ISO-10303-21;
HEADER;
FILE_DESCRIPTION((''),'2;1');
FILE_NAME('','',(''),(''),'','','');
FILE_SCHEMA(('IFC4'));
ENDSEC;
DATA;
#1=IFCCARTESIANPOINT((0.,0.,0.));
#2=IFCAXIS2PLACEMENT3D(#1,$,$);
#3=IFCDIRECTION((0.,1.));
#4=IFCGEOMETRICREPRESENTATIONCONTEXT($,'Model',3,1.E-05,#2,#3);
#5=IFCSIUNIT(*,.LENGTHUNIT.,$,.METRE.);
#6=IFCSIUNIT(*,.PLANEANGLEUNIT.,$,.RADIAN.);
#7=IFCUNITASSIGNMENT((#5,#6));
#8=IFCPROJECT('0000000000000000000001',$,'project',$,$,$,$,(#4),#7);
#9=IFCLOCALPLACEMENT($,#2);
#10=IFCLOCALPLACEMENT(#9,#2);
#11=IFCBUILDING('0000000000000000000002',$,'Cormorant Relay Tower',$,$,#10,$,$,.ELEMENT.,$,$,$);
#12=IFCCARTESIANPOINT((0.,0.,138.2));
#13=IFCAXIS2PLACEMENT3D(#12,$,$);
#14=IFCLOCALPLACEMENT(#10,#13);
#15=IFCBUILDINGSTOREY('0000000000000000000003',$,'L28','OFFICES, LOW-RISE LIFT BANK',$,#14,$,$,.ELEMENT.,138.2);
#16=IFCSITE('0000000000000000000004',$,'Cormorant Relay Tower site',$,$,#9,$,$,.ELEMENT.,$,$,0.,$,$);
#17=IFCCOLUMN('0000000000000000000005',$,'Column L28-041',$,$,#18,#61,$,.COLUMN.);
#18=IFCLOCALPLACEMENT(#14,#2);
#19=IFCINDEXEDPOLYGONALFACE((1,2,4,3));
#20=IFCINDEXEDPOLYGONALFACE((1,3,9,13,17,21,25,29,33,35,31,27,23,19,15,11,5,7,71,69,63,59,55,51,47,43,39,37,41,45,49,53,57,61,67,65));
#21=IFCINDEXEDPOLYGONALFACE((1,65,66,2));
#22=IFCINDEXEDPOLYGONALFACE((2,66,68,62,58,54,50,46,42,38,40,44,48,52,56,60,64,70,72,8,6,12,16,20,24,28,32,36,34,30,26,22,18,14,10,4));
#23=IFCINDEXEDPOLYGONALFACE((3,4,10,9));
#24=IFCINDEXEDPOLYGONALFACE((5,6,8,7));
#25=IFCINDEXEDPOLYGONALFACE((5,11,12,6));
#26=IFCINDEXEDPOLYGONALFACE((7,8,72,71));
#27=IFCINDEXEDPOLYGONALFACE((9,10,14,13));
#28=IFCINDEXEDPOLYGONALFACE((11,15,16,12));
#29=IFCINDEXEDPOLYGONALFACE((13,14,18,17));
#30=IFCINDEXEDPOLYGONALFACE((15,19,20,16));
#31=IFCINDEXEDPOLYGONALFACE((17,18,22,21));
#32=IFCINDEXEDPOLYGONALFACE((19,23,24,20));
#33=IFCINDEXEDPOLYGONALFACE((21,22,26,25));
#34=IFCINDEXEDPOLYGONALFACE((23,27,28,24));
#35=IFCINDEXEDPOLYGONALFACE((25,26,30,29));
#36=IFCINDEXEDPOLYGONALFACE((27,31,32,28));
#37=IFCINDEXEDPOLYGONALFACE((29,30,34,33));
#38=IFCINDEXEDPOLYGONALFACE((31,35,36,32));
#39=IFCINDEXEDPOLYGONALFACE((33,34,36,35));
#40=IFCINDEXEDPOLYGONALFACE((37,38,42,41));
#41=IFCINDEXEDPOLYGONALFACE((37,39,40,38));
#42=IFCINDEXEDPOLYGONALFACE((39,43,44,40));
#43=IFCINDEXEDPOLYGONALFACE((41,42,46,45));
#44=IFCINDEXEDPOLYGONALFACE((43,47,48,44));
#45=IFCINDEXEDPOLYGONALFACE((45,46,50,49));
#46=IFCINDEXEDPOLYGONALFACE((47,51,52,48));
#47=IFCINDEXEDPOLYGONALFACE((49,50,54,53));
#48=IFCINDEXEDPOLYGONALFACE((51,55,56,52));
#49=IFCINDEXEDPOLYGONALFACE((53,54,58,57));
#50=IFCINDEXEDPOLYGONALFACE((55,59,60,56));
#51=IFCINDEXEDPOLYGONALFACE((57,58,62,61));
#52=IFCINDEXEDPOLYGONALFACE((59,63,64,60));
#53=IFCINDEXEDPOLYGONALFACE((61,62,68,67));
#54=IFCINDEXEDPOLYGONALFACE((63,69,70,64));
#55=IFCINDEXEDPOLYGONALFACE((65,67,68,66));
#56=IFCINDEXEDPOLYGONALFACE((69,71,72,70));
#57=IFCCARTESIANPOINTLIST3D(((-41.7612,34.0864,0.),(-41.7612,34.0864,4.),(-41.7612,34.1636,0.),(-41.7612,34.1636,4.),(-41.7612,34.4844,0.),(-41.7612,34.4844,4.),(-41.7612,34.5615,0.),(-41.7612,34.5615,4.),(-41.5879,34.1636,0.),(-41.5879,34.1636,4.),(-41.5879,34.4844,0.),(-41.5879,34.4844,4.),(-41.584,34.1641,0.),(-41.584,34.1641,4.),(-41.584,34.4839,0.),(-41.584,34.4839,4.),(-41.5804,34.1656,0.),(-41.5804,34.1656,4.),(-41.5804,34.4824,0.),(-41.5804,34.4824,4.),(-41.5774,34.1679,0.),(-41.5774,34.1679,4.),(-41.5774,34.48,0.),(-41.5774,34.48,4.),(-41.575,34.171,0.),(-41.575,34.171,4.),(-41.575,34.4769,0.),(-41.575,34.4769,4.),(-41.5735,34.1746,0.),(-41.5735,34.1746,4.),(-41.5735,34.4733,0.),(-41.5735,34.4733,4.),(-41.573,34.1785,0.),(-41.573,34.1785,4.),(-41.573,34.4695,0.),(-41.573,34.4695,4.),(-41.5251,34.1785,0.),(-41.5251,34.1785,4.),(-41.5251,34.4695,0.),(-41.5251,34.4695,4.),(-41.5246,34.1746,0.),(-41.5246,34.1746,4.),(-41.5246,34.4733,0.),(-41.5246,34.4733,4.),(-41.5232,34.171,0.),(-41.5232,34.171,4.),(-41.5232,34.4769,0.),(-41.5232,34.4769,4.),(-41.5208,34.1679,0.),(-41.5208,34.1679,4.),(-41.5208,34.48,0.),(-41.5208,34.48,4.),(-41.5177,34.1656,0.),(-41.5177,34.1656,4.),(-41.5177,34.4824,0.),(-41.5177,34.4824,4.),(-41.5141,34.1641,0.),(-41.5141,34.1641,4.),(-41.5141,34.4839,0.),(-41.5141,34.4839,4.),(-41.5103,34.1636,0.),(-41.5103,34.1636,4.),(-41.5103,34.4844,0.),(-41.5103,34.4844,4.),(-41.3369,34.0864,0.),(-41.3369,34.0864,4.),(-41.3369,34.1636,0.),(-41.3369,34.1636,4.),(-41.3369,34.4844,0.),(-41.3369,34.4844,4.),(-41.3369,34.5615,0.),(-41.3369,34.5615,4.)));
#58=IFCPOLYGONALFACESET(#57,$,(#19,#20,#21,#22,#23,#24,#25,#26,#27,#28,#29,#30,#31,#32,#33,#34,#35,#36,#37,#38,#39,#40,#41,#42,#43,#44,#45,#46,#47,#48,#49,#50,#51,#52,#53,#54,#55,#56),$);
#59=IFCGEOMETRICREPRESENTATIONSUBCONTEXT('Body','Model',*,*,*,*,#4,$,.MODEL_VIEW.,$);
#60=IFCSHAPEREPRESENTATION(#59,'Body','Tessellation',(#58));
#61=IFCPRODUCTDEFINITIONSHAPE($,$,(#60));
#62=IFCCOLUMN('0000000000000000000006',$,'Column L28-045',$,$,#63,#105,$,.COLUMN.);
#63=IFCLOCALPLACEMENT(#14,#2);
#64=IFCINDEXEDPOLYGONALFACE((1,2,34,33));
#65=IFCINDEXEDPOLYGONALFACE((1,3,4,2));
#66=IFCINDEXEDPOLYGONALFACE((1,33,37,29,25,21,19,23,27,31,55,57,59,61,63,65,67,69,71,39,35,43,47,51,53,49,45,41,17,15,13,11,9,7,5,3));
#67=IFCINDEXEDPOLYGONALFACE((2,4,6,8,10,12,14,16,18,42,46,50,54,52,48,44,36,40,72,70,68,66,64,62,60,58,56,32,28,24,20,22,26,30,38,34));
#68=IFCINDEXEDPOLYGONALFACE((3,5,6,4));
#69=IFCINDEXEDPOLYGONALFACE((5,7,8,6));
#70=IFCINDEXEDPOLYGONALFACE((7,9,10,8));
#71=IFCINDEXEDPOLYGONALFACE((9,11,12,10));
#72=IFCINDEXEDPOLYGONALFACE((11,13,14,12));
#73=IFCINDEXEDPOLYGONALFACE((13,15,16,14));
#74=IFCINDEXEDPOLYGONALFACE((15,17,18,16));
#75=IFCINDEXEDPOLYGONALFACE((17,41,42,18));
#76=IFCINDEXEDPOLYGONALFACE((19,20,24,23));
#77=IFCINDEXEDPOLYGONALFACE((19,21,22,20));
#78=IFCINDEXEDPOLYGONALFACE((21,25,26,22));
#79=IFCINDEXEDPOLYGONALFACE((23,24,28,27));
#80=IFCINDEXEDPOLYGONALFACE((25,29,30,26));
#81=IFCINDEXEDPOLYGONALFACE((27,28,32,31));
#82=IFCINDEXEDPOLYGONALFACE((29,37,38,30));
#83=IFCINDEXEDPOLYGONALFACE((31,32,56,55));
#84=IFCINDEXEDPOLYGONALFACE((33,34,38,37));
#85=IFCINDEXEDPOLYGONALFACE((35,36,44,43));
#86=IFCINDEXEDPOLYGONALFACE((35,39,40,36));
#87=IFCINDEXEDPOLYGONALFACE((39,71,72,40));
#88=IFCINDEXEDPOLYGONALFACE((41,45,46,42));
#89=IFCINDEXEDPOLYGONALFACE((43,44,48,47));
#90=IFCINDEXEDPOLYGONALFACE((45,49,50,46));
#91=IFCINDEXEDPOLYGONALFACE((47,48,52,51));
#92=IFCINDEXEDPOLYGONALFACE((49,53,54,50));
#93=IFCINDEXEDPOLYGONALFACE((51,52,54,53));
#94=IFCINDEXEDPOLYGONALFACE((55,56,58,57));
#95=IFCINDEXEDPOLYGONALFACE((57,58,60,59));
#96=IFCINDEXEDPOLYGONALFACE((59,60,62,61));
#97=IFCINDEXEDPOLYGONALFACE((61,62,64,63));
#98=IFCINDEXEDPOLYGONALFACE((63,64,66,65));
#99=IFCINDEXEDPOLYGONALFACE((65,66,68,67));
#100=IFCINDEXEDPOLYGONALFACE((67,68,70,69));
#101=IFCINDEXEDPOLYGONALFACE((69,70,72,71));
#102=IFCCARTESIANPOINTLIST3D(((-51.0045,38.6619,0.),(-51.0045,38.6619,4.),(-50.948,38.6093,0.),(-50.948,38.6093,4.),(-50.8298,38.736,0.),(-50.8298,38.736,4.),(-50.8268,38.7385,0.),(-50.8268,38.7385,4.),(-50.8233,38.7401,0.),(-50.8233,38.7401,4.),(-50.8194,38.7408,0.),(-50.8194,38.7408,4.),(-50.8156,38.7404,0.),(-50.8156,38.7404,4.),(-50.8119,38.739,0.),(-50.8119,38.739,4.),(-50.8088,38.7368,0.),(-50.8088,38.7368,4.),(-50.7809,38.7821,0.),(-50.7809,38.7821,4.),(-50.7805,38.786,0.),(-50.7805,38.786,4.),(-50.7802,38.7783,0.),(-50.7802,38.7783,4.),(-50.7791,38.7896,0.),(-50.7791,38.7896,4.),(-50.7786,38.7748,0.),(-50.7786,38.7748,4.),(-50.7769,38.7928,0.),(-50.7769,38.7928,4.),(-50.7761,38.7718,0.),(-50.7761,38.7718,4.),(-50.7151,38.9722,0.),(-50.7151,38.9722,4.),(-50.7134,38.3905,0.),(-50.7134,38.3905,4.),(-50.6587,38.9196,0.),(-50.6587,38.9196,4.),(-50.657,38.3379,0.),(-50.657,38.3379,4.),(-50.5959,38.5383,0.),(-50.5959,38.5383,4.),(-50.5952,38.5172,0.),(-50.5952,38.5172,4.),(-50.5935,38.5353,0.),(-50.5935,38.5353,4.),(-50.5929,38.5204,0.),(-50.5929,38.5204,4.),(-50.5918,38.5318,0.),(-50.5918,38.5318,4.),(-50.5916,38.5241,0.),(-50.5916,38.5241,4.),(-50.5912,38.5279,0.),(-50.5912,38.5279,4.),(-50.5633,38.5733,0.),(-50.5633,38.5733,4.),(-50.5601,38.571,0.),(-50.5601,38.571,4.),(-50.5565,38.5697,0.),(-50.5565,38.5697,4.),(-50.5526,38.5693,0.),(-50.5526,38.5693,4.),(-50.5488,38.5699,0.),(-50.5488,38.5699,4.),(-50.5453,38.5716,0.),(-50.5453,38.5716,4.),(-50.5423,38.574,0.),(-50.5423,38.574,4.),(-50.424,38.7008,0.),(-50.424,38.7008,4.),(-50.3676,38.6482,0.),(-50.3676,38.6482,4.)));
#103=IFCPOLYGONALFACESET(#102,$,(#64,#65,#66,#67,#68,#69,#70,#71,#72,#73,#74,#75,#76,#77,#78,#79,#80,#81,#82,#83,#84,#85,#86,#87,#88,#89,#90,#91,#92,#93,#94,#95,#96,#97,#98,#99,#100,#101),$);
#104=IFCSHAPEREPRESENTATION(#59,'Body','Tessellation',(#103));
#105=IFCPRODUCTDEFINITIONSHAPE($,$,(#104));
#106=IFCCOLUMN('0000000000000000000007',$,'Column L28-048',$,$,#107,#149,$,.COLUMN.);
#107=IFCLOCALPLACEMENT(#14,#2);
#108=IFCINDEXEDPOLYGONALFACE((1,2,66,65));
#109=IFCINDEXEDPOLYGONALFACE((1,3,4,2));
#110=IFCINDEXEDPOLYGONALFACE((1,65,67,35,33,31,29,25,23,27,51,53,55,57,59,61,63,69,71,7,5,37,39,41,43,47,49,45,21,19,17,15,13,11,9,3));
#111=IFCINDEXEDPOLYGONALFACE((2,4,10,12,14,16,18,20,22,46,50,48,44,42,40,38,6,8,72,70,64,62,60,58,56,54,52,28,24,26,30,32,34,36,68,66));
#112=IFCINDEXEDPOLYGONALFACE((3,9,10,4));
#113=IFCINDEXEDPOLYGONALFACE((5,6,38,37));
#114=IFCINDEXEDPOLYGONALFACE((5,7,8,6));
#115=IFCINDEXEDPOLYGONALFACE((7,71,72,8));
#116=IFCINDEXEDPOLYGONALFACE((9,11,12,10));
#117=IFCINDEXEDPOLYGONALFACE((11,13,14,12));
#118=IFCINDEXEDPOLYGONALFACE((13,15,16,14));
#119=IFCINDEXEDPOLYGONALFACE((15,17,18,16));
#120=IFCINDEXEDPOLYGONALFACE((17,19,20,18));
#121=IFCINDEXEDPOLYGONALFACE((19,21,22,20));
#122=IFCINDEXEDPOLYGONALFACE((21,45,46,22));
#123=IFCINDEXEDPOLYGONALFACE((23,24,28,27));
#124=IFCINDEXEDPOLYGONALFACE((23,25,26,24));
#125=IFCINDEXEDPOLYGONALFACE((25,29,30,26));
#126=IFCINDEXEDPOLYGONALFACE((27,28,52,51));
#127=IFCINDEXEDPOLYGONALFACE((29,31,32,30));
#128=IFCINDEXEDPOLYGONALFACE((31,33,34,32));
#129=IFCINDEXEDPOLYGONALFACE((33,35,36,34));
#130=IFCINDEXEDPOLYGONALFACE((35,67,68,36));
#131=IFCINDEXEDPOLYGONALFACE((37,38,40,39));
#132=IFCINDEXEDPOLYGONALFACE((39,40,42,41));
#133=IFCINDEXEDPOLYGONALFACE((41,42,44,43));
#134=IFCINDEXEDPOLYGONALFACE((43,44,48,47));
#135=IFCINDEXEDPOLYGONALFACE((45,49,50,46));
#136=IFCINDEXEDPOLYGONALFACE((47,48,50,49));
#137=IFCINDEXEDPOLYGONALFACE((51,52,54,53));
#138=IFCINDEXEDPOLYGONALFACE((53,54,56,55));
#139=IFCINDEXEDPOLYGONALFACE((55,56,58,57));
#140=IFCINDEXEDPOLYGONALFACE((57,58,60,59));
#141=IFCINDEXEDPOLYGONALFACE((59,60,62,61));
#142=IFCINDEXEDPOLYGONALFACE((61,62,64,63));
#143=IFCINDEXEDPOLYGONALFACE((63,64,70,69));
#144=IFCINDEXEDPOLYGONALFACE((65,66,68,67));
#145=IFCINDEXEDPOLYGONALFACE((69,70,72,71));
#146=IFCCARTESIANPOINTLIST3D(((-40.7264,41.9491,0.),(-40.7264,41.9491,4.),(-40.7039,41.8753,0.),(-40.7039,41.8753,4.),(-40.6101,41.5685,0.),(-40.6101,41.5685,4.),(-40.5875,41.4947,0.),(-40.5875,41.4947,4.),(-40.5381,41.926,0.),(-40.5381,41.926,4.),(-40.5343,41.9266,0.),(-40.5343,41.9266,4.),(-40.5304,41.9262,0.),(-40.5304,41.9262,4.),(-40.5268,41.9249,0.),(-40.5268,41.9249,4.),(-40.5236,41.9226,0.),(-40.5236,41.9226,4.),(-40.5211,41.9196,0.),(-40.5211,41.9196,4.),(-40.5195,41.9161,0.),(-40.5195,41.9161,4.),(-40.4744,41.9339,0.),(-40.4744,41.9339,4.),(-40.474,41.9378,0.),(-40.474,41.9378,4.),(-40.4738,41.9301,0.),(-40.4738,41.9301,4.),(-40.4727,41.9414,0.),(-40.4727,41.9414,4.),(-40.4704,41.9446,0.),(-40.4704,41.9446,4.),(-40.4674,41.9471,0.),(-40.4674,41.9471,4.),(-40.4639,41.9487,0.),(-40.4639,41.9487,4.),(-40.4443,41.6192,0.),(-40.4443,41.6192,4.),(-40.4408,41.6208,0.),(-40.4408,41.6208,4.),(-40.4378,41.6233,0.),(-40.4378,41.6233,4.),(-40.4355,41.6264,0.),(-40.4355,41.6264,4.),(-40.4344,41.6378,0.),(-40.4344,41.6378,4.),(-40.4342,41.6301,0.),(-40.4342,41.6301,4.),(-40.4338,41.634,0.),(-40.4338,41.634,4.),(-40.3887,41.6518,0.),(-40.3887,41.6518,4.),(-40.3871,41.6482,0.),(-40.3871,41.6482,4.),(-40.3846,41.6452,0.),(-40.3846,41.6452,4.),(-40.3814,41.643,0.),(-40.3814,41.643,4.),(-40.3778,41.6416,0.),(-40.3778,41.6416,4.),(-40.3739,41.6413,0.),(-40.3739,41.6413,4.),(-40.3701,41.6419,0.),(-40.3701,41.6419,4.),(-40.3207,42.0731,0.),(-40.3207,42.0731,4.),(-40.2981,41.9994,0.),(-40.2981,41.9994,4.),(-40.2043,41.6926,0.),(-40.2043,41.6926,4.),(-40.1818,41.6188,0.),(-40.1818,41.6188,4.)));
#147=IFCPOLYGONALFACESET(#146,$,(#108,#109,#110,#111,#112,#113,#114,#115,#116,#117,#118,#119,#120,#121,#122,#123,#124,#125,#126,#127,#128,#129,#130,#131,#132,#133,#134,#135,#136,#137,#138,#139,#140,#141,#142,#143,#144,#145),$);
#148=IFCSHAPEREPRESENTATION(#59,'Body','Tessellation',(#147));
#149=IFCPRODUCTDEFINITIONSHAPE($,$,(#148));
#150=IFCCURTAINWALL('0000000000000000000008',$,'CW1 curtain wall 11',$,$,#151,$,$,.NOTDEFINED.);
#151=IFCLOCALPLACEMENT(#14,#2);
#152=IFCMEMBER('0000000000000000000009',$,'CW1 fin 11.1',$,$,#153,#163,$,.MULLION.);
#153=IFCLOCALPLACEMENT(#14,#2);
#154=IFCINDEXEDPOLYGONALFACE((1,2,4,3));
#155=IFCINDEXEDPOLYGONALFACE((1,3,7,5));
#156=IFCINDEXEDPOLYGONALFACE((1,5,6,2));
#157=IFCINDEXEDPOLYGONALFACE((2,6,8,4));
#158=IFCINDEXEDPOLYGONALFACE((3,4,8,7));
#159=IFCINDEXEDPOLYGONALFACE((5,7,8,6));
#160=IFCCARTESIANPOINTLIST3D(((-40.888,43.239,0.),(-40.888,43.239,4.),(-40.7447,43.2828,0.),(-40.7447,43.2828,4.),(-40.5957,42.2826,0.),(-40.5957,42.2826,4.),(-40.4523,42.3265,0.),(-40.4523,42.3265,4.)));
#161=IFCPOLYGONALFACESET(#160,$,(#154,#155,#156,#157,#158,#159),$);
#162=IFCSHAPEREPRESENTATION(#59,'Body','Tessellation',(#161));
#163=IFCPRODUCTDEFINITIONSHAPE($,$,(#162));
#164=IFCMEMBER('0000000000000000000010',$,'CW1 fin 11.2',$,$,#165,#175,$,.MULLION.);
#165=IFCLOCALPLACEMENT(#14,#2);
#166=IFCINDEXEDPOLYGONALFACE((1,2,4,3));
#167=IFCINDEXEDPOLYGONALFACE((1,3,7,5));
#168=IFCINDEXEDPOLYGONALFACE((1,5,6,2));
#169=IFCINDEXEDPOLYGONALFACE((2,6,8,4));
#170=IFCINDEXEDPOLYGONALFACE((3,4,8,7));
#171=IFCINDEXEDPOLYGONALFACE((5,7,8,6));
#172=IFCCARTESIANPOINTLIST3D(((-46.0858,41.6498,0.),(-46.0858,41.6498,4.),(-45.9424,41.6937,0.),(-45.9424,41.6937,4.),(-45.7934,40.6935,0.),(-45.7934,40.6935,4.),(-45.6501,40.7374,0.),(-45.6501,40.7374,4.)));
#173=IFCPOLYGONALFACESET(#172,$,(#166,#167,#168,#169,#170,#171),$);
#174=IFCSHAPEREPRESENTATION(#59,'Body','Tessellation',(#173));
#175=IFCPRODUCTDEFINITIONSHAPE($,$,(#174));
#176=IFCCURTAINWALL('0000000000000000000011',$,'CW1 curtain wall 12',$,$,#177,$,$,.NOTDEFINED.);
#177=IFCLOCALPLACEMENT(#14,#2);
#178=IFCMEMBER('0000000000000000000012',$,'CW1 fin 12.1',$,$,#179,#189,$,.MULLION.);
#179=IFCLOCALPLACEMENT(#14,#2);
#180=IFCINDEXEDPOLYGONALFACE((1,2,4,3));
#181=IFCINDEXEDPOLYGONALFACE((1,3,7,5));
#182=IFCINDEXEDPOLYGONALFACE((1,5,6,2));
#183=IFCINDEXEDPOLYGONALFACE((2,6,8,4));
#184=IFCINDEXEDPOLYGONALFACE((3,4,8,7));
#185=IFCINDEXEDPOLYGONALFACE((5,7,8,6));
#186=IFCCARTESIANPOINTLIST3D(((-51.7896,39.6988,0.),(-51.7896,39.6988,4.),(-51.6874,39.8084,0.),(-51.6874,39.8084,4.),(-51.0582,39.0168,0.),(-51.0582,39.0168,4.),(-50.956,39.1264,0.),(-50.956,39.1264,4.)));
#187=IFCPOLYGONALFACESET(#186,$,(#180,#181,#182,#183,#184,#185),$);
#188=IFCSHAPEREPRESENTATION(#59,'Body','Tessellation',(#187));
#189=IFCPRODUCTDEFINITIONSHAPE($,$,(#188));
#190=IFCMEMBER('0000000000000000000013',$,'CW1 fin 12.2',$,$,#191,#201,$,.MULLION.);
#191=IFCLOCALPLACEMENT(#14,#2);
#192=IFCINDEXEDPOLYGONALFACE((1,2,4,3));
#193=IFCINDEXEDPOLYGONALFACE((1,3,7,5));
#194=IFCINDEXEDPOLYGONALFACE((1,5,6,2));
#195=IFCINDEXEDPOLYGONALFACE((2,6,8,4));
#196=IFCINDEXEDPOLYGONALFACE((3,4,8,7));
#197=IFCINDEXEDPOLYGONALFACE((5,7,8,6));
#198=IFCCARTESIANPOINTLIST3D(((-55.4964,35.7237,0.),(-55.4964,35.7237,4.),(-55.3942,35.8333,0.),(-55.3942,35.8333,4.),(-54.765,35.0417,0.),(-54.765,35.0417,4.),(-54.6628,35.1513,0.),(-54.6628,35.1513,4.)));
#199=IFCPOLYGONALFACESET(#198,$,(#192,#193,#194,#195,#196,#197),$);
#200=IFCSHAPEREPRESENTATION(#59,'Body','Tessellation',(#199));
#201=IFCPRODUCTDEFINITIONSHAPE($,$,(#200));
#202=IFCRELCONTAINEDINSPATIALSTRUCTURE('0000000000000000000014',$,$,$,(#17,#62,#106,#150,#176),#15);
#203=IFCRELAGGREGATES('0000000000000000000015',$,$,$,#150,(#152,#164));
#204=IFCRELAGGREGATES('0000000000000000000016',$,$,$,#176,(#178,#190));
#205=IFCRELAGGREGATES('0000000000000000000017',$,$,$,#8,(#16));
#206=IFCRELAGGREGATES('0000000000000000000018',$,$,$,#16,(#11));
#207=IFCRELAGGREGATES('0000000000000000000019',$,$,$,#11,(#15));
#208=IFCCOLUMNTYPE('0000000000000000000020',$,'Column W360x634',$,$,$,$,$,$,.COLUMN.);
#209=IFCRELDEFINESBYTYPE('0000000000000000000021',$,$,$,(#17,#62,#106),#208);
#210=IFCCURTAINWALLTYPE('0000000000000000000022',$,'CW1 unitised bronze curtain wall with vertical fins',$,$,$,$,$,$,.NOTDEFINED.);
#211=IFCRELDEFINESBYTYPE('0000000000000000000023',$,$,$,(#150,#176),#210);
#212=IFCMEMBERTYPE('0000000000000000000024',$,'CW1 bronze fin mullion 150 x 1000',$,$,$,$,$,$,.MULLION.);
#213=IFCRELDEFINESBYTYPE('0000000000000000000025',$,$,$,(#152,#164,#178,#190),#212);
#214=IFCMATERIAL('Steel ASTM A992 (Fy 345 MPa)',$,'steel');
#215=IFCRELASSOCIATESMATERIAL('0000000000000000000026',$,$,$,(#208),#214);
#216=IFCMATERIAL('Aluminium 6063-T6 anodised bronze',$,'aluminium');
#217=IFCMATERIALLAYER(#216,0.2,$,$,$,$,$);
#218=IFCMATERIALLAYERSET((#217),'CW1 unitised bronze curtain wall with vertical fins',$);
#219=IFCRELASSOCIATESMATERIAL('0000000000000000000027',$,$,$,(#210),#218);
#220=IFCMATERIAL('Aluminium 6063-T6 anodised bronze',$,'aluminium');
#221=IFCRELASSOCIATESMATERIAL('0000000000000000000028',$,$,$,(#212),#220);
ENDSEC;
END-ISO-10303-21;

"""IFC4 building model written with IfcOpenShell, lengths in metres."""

from ifc_helpers import new_model, si_unit, direction, frame, origin, origin_2d, place, context, subcontext, project, spatial, rectangle, i_section, extrude, material, layer, layer_set, material_profile, profile_set, type_object, element, aggregate, save


model = new_model("IFC4")

# Units and contexts
model_context = context("Model", 3, precision=1e-05, world=origin(), true_north=direction((0.0, 1.0)))
body_context = subcontext(model_context, "Body", "Model", "MODEL_VIEW")
ifc_project = project(units=[si_unit("LENGTHUNIT", "METRE"), si_unit("PLANEANGLEUNIT", "RADIAN")], contexts=[model_context])

# Site, building, storey
site_placement = place(None, origin())
site = spatial("IfcSite", under=ifc_project, at=site_placement, Name="Cormorant Relay Tower site", CompositionType="ELEMENT", RefElevation=0.0)
building_placement = place(site_placement, origin())
building = spatial("IfcBuilding", under=site, at=building_placement, Name="Cormorant Relay Tower", CompositionType="ELEMENT")
storey_placement = place(building_placement, frame((0.0, 0.0, 138.2)))
storey = spatial("IfcBuildingStorey", under=building, at=storey_placement, Name="L28", Description="OFFICES, LOW-RISE LIFT BANK", CompositionType="ELEMENT", Elevation=138.2)

# Columns
ifc_material_1 = material(Name="Steel ASTM A992 (Fy 345 MPa)", Category="steel")
ifc_material_profile_1 = material_profile(ifc_material_1, i_section(OverallWidth=0.4243, OverallDepth=0.4751, WebThickness=0.0479, FlangeThickness=0.0771, FilletRadius=0.0149, at=origin_2d()), Name="W360x634")
ifc_profile_set_1 = profile_set([ifc_material_profile_1], Name="Steel ASTM A992 (Fy 345 MPa)")
column_type = type_object("IfcColumnType", Name="Column W360x634", PredefinedType="COLUMN", material=ifc_profile_set_1)
for number, where, z_axis, x_axis, name in (
    (1, (-41.5491, 34.324, 0.0), (0.0, 0.0, 1.0), (1.0, 0.0, 0.0), "Column L28-041"),
    (2, (-50.686, 38.655, 0.0), (0.0, 0.0, 1.0), (-0.681998, -0.731354, 0.0), "Column L28-045"),
    (3, (-40.4541, 41.7839, 0.0), (0.0, 0.0, 1.0), (-0.956305, -0.292372, 0.0), "Column L28-048"),
):
    element("IfcColumn", number, at=place(storey_placement, frame(where, z_axis=z_axis, x_axis=x_axis)), inside=storey, type_object=column_type, Name=name, PredefinedType="COLUMN", context=body_context, shape_type="SweptSolid", body=[
        extrude(i_section(OverallWidth=0.4243, OverallDepth=0.4751, WebThickness=0.0479, FlangeThickness=0.0771, FilletRadius=0.0149, at=origin_2d()), origin(), (0.0, 0.0, 1.0), 4.0),
    ])

# Curtain walls, members
ifc_material_2 = material(Name="Aluminium 6063-T6 anodised bronze", Category="aluminium")
ifc_layer_1 = layer(ifc_material_2, 0.2)
ifc_layer_set_1 = layer_set([ifc_layer_1], Name="CW1 unitised bronze curtain wall with vertical fins")
curtain_wall_type = type_object("IfcCurtainWallType", Name="CW1 unitised bronze curtain wall with vertical fins", PredefinedType="NOTDEFINED", material=ifc_layer_set_1)
curtain_wall_1_placement = place(storey_placement, origin())
curtain_wall_1 = element("IfcCurtainWall", 4, at=curtain_wall_1_placement, inside=storey, type_object=curtain_wall_type, Name="CW1 curtain wall 11", PredefinedType="NOTDEFINED")
ifc_material_3 = material(Name="Aluminium 6063-T6 anodised bronze", Category="aluminium")
ifc_material_profile_2 = material_profile(ifc_material_3, rectangle(XDim=0.1499, YDim=1.0, at=origin_2d()), Name="AL 150x1000")
ifc_profile_set_2 = profile_set([ifc_material_profile_2], Name="Aluminium 6063-T6 anodised bronze")
member_type_1 = type_object("IfcMemberType", Name="CW1 bronze fin mullion 150 x 1000", PredefinedType="MULLION", material=ifc_profile_set_2)
member_1_placement = place(storey_placement, frame((-40.6702, 42.7827, 0.0), z_axis=(0.0, 0.0, 1.0), x_axis=(-0.956305, -0.292372, 0.0)))
member_1 = element("IfcMember", 5, at=member_1_placement, type_object=member_type_1, Name="CW1 fin 11.1", PredefinedType="MULLION", context=body_context, shape_type="SweptSolid", body=[
    extrude(rectangle(XDim=0.1499, YDim=1.0, at=origin_2d()), origin(), (0.0, 0.0, 1.0), 4.0),
])
member_2_placement = place(storey_placement, frame((-45.8679, 41.1936, 0.0), z_axis=(0.0, 0.0, 1.0), x_axis=(-0.956305, -0.292372, 0.0)))
member_2 = element("IfcMember", 6, at=member_2_placement, type_object=member_type_1, Name="CW1 fin 11.2", PredefinedType="MULLION", context=body_context, shape_type="SweptSolid", body=[
    extrude(rectangle(XDim=0.1499, YDim=1.0, at=origin_2d()), origin(), (0.0, 0.0, 1.0), 4.0),
])
curtain_wall_2_placement = place(storey_placement, origin())
curtain_wall_2 = element("IfcCurtainWall", 7, at=curtain_wall_2_placement, inside=storey, type_object=curtain_wall_type, Name="CW1 curtain wall 12", PredefinedType="NOTDEFINED")
member_3_placement = place(storey_placement, frame((-51.3728, 39.4126, 0.0), z_axis=(0.0, 0.0, 1.0), x_axis=(-0.681998, -0.731354, 0.0)))
member_3 = element("IfcMember", 8, at=member_3_placement, type_object=member_type_1, Name="CW1 fin 12.1", PredefinedType="MULLION", context=body_context, shape_type="SweptSolid", body=[
    extrude(rectangle(XDim=0.1499, YDim=1.0, at=origin_2d()), origin(), (0.0, 0.0, 1.0), 4.0),
])
member_4_placement = place(storey_placement, frame((-55.0796, 35.4375, 0.0), z_axis=(0.0, 0.0, 1.0), x_axis=(-0.681998, -0.731354, 0.0)))
member_4 = element("IfcMember", 9, at=member_4_placement, type_object=member_type_1, Name="CW1 fin 12.2", PredefinedType="MULLION", context=body_context, shape_type="SweptSolid", body=[
    extrude(rectangle(XDim=0.1499, YDim=1.0, at=origin_2d()), origin(), (0.0, 0.0, 1.0), 4.0),
])

aggregate(curtain_wall_1, [member_1, member_2])
aggregate(curtain_wall_2, [member_3, member_4])

save(model, "model.ifc")
